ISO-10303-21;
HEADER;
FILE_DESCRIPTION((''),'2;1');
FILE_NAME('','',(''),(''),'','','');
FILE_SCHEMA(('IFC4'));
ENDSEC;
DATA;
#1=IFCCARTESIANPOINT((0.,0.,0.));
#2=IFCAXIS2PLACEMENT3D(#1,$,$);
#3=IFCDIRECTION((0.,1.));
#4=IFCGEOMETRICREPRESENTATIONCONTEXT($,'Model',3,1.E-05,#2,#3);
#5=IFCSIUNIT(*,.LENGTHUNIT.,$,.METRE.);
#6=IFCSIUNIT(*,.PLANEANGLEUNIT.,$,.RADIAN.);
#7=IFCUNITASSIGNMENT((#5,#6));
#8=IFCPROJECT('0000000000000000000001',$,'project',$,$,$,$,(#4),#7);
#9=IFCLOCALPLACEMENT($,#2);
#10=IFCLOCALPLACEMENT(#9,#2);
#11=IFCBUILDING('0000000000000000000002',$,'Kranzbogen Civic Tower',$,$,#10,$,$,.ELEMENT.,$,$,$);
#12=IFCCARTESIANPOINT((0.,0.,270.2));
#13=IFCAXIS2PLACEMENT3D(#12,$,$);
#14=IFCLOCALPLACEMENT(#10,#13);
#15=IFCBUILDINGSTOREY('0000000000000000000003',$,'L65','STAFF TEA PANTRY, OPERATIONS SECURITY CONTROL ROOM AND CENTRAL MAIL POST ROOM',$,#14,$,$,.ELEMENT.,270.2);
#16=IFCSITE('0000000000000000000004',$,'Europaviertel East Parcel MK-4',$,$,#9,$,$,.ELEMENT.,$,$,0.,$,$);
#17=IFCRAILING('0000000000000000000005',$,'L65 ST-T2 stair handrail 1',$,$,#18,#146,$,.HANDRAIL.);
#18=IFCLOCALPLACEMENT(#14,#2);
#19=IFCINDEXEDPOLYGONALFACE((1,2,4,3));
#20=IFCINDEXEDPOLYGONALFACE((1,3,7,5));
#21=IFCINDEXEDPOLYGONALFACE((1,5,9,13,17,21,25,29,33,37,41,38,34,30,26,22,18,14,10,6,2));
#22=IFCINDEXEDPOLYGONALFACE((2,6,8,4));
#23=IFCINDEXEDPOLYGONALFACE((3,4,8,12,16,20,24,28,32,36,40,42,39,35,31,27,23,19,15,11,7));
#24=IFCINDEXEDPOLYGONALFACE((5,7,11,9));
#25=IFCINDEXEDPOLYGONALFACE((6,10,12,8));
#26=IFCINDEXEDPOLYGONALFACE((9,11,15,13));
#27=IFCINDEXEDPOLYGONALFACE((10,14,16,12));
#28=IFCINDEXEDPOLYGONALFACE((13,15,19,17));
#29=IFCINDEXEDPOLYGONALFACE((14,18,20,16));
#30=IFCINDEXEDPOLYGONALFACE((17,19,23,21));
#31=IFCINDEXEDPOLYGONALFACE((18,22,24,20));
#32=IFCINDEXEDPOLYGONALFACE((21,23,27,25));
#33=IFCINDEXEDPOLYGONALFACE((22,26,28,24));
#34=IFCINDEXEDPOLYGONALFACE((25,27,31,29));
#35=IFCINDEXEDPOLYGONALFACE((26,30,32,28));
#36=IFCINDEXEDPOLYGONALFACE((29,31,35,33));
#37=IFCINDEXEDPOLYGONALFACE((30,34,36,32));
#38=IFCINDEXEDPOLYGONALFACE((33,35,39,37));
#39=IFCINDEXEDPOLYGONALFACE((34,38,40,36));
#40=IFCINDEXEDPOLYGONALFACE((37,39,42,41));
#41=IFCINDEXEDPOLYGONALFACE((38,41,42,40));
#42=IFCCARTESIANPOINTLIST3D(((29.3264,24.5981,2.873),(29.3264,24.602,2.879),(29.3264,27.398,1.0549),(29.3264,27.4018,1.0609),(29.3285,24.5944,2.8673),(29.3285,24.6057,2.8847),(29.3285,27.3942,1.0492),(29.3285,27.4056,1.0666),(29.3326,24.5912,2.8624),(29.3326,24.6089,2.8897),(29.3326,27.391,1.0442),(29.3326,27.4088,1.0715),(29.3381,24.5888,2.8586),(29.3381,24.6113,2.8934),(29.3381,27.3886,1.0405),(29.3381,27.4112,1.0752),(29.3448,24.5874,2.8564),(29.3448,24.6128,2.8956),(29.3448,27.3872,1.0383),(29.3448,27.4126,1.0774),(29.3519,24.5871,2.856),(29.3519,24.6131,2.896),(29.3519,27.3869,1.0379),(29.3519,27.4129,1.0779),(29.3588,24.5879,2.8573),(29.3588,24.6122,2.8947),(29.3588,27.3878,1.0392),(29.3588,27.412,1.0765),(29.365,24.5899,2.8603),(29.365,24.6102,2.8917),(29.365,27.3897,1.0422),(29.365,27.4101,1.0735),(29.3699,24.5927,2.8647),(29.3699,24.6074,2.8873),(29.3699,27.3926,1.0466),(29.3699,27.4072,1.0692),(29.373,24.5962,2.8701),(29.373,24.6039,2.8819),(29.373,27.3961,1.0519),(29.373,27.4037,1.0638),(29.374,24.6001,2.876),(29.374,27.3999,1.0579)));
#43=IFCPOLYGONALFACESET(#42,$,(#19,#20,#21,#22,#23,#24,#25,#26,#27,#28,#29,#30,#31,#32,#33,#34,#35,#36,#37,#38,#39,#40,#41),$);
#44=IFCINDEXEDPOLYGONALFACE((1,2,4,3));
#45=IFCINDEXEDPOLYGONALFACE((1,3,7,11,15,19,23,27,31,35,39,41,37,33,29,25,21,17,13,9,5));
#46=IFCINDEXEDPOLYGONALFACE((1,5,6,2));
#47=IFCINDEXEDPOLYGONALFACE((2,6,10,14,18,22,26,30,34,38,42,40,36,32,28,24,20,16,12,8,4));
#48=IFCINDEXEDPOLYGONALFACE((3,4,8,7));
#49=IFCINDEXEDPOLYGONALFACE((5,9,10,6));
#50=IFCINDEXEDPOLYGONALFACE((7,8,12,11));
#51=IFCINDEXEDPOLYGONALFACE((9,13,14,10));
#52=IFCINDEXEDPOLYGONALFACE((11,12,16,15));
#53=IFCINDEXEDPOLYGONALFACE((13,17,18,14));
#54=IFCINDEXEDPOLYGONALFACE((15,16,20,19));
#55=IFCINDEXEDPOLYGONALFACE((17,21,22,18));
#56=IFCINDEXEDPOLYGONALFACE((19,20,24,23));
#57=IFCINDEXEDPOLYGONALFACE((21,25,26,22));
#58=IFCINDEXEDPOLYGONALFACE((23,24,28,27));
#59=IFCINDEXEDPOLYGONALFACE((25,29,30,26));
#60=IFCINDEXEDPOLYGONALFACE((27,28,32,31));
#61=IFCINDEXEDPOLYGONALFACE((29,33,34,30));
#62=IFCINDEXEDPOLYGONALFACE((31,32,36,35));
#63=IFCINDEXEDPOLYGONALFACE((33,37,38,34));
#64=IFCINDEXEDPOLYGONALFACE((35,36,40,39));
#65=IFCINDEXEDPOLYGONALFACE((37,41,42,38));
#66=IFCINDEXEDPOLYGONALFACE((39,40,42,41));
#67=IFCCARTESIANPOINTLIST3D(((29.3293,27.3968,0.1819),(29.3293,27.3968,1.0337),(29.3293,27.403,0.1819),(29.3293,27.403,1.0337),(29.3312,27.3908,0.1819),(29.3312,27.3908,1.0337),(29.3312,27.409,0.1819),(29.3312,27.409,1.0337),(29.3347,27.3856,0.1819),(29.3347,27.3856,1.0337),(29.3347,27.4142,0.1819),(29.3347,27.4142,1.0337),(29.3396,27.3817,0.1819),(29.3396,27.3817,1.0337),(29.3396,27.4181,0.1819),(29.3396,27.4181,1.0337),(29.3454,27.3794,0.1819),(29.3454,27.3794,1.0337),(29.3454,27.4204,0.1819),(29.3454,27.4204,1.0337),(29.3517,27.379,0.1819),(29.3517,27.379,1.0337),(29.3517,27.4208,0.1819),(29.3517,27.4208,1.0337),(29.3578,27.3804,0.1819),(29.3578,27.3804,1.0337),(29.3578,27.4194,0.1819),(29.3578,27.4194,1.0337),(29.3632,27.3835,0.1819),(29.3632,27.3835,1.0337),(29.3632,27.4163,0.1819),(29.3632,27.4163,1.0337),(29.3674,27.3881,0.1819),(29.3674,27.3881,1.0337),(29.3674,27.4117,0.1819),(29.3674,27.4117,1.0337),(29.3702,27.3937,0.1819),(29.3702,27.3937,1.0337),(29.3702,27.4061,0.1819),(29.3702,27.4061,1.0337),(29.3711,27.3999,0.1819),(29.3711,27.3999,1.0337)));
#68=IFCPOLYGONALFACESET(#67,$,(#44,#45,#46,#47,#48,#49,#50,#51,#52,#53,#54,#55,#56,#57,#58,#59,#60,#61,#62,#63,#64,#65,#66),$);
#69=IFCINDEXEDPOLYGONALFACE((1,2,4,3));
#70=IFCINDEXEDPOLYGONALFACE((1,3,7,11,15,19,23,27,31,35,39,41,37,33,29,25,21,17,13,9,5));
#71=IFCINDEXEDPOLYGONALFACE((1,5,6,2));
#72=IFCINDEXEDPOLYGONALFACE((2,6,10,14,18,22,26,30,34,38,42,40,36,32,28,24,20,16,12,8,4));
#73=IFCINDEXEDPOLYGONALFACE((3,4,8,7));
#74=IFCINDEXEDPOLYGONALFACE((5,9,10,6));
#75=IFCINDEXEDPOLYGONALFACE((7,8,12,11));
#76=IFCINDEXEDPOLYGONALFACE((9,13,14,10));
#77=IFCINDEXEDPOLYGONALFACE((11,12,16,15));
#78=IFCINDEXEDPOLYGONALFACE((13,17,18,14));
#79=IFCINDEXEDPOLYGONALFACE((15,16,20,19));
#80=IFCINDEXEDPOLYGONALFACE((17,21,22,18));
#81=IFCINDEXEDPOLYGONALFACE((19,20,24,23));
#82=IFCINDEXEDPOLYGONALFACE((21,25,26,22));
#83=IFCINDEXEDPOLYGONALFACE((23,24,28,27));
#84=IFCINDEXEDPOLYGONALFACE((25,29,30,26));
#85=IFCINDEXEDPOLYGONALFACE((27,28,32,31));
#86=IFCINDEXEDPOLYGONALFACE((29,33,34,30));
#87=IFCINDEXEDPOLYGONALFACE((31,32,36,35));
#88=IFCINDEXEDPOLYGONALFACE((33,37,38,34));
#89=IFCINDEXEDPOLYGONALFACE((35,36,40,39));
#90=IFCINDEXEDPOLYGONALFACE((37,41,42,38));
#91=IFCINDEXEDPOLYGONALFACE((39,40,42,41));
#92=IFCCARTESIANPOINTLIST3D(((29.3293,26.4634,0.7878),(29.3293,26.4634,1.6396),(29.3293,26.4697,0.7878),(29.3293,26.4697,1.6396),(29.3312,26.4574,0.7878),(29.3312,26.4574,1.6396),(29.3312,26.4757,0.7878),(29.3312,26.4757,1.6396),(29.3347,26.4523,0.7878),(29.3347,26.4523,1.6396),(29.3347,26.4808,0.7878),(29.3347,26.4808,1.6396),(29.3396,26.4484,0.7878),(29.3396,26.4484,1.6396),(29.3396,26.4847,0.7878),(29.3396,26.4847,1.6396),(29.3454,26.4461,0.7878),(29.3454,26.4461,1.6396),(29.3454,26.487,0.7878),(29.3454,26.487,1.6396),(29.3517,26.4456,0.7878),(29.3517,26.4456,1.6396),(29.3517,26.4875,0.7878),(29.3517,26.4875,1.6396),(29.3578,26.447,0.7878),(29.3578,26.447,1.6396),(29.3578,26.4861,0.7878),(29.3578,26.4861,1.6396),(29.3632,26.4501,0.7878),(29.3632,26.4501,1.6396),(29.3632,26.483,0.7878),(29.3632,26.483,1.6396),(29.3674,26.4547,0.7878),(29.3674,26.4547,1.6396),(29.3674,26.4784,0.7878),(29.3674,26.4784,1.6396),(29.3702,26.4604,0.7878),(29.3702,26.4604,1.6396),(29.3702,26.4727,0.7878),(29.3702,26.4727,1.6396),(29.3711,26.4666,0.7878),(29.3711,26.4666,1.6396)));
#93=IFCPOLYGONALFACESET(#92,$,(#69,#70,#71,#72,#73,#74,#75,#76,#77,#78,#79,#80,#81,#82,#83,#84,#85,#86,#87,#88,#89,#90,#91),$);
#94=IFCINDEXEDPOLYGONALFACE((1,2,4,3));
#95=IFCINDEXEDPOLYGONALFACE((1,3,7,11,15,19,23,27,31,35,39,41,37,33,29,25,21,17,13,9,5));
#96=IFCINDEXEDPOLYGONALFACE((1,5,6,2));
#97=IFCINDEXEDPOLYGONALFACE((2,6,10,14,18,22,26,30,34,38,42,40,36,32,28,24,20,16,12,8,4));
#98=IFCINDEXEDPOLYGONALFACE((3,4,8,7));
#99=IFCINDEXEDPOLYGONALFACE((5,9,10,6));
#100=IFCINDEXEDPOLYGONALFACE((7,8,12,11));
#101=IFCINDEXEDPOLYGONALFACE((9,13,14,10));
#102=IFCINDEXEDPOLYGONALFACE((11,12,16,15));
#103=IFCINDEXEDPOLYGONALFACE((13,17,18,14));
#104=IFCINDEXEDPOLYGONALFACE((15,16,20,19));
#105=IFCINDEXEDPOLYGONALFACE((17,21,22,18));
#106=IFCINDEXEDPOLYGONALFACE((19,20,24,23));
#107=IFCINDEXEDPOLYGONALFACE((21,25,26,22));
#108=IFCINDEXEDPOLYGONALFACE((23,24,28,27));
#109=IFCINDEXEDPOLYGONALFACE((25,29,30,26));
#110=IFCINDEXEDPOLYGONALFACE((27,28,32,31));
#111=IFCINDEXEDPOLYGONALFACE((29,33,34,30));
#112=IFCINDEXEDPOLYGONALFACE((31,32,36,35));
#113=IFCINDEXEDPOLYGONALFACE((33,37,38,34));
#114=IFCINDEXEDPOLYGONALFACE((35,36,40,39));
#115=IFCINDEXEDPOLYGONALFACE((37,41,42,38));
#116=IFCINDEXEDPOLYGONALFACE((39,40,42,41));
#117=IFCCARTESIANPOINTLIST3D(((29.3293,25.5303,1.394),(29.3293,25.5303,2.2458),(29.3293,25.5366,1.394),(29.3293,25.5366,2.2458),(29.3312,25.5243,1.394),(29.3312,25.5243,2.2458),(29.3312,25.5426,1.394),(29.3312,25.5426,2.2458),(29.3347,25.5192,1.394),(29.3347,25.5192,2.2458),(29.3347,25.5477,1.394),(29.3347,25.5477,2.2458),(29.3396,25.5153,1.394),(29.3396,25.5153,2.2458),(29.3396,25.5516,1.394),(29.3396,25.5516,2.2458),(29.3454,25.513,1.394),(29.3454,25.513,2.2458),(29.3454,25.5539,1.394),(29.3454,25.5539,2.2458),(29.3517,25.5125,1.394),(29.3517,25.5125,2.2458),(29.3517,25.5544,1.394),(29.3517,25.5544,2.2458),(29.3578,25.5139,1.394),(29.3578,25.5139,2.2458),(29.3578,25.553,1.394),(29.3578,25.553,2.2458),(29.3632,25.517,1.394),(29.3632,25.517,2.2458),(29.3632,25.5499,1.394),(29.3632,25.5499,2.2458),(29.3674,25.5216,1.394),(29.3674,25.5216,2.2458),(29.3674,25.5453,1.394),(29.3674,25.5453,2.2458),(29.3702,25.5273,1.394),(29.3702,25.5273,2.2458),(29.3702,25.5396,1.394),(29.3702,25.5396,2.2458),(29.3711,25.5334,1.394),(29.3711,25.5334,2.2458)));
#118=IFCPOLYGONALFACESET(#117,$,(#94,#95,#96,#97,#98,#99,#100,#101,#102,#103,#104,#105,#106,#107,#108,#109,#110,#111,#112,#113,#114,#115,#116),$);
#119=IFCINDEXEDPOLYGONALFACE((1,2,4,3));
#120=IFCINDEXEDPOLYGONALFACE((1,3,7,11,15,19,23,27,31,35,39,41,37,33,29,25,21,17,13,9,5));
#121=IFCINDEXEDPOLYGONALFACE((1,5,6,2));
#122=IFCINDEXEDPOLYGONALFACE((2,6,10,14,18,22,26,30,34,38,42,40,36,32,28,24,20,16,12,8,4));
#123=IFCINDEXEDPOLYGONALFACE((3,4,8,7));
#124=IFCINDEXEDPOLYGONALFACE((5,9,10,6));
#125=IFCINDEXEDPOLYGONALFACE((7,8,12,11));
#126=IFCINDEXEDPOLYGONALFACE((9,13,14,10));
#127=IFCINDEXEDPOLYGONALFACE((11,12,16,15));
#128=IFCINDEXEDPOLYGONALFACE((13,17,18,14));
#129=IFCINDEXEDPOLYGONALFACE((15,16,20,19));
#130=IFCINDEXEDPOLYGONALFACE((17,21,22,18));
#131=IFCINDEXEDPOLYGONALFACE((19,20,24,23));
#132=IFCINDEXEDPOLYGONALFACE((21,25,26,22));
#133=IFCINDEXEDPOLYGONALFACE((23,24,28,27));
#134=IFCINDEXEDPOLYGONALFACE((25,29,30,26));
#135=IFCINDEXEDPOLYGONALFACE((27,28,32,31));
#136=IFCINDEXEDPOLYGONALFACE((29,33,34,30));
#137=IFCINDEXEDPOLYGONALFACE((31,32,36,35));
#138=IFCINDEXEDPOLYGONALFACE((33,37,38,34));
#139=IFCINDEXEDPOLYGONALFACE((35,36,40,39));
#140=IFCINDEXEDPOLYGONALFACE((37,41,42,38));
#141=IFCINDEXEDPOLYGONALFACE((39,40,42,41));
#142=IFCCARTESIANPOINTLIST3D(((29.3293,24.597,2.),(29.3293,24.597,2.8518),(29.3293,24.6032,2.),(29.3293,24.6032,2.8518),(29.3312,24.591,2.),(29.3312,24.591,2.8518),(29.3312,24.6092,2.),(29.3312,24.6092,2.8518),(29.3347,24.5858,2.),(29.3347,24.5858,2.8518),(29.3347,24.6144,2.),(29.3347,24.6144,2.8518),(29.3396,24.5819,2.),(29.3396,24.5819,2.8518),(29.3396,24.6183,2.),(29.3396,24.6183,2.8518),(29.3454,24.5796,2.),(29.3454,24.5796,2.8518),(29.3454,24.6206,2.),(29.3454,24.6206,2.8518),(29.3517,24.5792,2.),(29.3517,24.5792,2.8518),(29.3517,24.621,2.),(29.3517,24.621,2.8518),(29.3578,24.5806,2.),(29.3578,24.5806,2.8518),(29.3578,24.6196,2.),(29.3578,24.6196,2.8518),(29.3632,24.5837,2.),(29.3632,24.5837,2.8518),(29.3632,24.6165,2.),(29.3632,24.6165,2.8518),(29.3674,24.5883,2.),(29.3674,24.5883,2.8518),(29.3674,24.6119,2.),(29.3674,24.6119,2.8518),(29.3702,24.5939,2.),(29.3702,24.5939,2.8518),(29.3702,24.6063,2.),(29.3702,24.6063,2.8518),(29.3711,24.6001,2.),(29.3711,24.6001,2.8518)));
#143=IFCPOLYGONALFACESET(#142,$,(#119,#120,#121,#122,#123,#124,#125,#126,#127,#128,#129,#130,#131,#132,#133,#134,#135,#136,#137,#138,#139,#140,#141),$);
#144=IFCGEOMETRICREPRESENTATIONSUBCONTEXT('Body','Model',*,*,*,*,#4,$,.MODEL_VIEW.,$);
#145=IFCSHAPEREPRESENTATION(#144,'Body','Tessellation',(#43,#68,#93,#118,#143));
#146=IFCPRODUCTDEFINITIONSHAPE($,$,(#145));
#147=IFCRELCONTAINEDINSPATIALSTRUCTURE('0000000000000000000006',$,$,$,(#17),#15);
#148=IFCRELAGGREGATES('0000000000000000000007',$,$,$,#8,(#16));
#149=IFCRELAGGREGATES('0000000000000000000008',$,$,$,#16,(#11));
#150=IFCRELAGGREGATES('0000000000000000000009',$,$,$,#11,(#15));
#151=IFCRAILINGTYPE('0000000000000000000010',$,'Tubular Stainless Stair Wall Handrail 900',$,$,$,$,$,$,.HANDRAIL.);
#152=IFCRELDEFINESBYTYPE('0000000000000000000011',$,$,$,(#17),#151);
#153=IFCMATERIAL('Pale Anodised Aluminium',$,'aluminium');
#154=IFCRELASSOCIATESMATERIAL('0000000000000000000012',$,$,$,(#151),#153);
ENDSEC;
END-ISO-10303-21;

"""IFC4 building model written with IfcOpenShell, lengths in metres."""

from ifc_helpers import new_model, si_unit, direction, frame, origin, origin_2d, place, context, subcontext, project, spatial, circle, extrude, material, type_object, element, save


model = new_model("IFC4")

# Units and contexts
model_context = context("Model", 3, precision=1e-05, world=origin(), true_north=direction((0.0, 1.0)))
body_context = subcontext(model_context, "Body", "Model", "MODEL_VIEW")
ifc_project = project(units=[si_unit("LENGTHUNIT", "METRE"), si_unit("PLANEANGLEUNIT", "RADIAN")], contexts=[model_context])

# Site, building, storey
site_placement = place(None, origin())
site = spatial("IfcSite", under=ifc_project, at=site_placement, Name="Europaviertel East Parcel MK-4", CompositionType="ELEMENT", RefElevation=0.0)
building_placement = place(site_placement, origin())
building = spatial("IfcBuilding", under=site, at=building_placement, Name="Kranzbogen Civic Tower", CompositionType="ELEMENT")
storey_placement = place(building_placement, frame((0.0, 0.0, 270.2)))
storey = spatial("IfcBuildingStorey", under=building, at=storey_placement, Name="L65", Description="STAFF TEA PANTRY, OPERATIONS SECURITY CONTROL ROOM AND CENTRAL MAIL POST ROOM", CompositionType="ELEMENT", Elevation=270.2)

# Shared definitions
ifc_material_1 = material(Name="Pale Anodised Aluminium", Category="aluminium")

# Railing
railing_type_1 = type_object("IfcRailingType", Name="Tubular Stainless Stair Wall Handrail 900", PredefinedType="HANDRAIL", material=ifc_material_1)
railing_1_placement = place(storey_placement, frame((29.3501, 27.3999, 0.1819)))
element("IfcRailing", 1, at=railing_1_placement, inside=storey, type_object=railing_type_1, Name="L65 ST-T2 stair handrail 1", PredefinedType="HANDRAIL", context=body_context, shape_type="SweptSolid", body=[
    extrude(circle(Radius=0.0239, at=origin_2d()), frame((0.0, 0.0, 0.876), z_axis=(0.0, -0.838684, 0.544618), x_axis=(1.0, 0.0, 0.0)), (0.0, 0.0, 1.0), 3.3384),
    extrude(circle(Radius=0.021, at=origin_2d()), origin(), (0.0, 0.0, 1.0), 0.8518),
    extrude(circle(Radius=0.021, at=origin_2d()), frame((0.0, -0.9333, 0.606)), (0.0, 0.0, 1.0), 0.8518),
    extrude(circle(Radius=0.021, at=origin_2d()), frame((0.0, -1.8665, 1.2122)), (0.0, 0.0, 1.0), 0.8518),
    extrude(circle(Radius=0.021, at=origin_2d()), frame((0.0, -2.7998, 1.8181)), (0.0, 0.0, 1.0), 0.8518),
])

save(model, "model.ifc")
